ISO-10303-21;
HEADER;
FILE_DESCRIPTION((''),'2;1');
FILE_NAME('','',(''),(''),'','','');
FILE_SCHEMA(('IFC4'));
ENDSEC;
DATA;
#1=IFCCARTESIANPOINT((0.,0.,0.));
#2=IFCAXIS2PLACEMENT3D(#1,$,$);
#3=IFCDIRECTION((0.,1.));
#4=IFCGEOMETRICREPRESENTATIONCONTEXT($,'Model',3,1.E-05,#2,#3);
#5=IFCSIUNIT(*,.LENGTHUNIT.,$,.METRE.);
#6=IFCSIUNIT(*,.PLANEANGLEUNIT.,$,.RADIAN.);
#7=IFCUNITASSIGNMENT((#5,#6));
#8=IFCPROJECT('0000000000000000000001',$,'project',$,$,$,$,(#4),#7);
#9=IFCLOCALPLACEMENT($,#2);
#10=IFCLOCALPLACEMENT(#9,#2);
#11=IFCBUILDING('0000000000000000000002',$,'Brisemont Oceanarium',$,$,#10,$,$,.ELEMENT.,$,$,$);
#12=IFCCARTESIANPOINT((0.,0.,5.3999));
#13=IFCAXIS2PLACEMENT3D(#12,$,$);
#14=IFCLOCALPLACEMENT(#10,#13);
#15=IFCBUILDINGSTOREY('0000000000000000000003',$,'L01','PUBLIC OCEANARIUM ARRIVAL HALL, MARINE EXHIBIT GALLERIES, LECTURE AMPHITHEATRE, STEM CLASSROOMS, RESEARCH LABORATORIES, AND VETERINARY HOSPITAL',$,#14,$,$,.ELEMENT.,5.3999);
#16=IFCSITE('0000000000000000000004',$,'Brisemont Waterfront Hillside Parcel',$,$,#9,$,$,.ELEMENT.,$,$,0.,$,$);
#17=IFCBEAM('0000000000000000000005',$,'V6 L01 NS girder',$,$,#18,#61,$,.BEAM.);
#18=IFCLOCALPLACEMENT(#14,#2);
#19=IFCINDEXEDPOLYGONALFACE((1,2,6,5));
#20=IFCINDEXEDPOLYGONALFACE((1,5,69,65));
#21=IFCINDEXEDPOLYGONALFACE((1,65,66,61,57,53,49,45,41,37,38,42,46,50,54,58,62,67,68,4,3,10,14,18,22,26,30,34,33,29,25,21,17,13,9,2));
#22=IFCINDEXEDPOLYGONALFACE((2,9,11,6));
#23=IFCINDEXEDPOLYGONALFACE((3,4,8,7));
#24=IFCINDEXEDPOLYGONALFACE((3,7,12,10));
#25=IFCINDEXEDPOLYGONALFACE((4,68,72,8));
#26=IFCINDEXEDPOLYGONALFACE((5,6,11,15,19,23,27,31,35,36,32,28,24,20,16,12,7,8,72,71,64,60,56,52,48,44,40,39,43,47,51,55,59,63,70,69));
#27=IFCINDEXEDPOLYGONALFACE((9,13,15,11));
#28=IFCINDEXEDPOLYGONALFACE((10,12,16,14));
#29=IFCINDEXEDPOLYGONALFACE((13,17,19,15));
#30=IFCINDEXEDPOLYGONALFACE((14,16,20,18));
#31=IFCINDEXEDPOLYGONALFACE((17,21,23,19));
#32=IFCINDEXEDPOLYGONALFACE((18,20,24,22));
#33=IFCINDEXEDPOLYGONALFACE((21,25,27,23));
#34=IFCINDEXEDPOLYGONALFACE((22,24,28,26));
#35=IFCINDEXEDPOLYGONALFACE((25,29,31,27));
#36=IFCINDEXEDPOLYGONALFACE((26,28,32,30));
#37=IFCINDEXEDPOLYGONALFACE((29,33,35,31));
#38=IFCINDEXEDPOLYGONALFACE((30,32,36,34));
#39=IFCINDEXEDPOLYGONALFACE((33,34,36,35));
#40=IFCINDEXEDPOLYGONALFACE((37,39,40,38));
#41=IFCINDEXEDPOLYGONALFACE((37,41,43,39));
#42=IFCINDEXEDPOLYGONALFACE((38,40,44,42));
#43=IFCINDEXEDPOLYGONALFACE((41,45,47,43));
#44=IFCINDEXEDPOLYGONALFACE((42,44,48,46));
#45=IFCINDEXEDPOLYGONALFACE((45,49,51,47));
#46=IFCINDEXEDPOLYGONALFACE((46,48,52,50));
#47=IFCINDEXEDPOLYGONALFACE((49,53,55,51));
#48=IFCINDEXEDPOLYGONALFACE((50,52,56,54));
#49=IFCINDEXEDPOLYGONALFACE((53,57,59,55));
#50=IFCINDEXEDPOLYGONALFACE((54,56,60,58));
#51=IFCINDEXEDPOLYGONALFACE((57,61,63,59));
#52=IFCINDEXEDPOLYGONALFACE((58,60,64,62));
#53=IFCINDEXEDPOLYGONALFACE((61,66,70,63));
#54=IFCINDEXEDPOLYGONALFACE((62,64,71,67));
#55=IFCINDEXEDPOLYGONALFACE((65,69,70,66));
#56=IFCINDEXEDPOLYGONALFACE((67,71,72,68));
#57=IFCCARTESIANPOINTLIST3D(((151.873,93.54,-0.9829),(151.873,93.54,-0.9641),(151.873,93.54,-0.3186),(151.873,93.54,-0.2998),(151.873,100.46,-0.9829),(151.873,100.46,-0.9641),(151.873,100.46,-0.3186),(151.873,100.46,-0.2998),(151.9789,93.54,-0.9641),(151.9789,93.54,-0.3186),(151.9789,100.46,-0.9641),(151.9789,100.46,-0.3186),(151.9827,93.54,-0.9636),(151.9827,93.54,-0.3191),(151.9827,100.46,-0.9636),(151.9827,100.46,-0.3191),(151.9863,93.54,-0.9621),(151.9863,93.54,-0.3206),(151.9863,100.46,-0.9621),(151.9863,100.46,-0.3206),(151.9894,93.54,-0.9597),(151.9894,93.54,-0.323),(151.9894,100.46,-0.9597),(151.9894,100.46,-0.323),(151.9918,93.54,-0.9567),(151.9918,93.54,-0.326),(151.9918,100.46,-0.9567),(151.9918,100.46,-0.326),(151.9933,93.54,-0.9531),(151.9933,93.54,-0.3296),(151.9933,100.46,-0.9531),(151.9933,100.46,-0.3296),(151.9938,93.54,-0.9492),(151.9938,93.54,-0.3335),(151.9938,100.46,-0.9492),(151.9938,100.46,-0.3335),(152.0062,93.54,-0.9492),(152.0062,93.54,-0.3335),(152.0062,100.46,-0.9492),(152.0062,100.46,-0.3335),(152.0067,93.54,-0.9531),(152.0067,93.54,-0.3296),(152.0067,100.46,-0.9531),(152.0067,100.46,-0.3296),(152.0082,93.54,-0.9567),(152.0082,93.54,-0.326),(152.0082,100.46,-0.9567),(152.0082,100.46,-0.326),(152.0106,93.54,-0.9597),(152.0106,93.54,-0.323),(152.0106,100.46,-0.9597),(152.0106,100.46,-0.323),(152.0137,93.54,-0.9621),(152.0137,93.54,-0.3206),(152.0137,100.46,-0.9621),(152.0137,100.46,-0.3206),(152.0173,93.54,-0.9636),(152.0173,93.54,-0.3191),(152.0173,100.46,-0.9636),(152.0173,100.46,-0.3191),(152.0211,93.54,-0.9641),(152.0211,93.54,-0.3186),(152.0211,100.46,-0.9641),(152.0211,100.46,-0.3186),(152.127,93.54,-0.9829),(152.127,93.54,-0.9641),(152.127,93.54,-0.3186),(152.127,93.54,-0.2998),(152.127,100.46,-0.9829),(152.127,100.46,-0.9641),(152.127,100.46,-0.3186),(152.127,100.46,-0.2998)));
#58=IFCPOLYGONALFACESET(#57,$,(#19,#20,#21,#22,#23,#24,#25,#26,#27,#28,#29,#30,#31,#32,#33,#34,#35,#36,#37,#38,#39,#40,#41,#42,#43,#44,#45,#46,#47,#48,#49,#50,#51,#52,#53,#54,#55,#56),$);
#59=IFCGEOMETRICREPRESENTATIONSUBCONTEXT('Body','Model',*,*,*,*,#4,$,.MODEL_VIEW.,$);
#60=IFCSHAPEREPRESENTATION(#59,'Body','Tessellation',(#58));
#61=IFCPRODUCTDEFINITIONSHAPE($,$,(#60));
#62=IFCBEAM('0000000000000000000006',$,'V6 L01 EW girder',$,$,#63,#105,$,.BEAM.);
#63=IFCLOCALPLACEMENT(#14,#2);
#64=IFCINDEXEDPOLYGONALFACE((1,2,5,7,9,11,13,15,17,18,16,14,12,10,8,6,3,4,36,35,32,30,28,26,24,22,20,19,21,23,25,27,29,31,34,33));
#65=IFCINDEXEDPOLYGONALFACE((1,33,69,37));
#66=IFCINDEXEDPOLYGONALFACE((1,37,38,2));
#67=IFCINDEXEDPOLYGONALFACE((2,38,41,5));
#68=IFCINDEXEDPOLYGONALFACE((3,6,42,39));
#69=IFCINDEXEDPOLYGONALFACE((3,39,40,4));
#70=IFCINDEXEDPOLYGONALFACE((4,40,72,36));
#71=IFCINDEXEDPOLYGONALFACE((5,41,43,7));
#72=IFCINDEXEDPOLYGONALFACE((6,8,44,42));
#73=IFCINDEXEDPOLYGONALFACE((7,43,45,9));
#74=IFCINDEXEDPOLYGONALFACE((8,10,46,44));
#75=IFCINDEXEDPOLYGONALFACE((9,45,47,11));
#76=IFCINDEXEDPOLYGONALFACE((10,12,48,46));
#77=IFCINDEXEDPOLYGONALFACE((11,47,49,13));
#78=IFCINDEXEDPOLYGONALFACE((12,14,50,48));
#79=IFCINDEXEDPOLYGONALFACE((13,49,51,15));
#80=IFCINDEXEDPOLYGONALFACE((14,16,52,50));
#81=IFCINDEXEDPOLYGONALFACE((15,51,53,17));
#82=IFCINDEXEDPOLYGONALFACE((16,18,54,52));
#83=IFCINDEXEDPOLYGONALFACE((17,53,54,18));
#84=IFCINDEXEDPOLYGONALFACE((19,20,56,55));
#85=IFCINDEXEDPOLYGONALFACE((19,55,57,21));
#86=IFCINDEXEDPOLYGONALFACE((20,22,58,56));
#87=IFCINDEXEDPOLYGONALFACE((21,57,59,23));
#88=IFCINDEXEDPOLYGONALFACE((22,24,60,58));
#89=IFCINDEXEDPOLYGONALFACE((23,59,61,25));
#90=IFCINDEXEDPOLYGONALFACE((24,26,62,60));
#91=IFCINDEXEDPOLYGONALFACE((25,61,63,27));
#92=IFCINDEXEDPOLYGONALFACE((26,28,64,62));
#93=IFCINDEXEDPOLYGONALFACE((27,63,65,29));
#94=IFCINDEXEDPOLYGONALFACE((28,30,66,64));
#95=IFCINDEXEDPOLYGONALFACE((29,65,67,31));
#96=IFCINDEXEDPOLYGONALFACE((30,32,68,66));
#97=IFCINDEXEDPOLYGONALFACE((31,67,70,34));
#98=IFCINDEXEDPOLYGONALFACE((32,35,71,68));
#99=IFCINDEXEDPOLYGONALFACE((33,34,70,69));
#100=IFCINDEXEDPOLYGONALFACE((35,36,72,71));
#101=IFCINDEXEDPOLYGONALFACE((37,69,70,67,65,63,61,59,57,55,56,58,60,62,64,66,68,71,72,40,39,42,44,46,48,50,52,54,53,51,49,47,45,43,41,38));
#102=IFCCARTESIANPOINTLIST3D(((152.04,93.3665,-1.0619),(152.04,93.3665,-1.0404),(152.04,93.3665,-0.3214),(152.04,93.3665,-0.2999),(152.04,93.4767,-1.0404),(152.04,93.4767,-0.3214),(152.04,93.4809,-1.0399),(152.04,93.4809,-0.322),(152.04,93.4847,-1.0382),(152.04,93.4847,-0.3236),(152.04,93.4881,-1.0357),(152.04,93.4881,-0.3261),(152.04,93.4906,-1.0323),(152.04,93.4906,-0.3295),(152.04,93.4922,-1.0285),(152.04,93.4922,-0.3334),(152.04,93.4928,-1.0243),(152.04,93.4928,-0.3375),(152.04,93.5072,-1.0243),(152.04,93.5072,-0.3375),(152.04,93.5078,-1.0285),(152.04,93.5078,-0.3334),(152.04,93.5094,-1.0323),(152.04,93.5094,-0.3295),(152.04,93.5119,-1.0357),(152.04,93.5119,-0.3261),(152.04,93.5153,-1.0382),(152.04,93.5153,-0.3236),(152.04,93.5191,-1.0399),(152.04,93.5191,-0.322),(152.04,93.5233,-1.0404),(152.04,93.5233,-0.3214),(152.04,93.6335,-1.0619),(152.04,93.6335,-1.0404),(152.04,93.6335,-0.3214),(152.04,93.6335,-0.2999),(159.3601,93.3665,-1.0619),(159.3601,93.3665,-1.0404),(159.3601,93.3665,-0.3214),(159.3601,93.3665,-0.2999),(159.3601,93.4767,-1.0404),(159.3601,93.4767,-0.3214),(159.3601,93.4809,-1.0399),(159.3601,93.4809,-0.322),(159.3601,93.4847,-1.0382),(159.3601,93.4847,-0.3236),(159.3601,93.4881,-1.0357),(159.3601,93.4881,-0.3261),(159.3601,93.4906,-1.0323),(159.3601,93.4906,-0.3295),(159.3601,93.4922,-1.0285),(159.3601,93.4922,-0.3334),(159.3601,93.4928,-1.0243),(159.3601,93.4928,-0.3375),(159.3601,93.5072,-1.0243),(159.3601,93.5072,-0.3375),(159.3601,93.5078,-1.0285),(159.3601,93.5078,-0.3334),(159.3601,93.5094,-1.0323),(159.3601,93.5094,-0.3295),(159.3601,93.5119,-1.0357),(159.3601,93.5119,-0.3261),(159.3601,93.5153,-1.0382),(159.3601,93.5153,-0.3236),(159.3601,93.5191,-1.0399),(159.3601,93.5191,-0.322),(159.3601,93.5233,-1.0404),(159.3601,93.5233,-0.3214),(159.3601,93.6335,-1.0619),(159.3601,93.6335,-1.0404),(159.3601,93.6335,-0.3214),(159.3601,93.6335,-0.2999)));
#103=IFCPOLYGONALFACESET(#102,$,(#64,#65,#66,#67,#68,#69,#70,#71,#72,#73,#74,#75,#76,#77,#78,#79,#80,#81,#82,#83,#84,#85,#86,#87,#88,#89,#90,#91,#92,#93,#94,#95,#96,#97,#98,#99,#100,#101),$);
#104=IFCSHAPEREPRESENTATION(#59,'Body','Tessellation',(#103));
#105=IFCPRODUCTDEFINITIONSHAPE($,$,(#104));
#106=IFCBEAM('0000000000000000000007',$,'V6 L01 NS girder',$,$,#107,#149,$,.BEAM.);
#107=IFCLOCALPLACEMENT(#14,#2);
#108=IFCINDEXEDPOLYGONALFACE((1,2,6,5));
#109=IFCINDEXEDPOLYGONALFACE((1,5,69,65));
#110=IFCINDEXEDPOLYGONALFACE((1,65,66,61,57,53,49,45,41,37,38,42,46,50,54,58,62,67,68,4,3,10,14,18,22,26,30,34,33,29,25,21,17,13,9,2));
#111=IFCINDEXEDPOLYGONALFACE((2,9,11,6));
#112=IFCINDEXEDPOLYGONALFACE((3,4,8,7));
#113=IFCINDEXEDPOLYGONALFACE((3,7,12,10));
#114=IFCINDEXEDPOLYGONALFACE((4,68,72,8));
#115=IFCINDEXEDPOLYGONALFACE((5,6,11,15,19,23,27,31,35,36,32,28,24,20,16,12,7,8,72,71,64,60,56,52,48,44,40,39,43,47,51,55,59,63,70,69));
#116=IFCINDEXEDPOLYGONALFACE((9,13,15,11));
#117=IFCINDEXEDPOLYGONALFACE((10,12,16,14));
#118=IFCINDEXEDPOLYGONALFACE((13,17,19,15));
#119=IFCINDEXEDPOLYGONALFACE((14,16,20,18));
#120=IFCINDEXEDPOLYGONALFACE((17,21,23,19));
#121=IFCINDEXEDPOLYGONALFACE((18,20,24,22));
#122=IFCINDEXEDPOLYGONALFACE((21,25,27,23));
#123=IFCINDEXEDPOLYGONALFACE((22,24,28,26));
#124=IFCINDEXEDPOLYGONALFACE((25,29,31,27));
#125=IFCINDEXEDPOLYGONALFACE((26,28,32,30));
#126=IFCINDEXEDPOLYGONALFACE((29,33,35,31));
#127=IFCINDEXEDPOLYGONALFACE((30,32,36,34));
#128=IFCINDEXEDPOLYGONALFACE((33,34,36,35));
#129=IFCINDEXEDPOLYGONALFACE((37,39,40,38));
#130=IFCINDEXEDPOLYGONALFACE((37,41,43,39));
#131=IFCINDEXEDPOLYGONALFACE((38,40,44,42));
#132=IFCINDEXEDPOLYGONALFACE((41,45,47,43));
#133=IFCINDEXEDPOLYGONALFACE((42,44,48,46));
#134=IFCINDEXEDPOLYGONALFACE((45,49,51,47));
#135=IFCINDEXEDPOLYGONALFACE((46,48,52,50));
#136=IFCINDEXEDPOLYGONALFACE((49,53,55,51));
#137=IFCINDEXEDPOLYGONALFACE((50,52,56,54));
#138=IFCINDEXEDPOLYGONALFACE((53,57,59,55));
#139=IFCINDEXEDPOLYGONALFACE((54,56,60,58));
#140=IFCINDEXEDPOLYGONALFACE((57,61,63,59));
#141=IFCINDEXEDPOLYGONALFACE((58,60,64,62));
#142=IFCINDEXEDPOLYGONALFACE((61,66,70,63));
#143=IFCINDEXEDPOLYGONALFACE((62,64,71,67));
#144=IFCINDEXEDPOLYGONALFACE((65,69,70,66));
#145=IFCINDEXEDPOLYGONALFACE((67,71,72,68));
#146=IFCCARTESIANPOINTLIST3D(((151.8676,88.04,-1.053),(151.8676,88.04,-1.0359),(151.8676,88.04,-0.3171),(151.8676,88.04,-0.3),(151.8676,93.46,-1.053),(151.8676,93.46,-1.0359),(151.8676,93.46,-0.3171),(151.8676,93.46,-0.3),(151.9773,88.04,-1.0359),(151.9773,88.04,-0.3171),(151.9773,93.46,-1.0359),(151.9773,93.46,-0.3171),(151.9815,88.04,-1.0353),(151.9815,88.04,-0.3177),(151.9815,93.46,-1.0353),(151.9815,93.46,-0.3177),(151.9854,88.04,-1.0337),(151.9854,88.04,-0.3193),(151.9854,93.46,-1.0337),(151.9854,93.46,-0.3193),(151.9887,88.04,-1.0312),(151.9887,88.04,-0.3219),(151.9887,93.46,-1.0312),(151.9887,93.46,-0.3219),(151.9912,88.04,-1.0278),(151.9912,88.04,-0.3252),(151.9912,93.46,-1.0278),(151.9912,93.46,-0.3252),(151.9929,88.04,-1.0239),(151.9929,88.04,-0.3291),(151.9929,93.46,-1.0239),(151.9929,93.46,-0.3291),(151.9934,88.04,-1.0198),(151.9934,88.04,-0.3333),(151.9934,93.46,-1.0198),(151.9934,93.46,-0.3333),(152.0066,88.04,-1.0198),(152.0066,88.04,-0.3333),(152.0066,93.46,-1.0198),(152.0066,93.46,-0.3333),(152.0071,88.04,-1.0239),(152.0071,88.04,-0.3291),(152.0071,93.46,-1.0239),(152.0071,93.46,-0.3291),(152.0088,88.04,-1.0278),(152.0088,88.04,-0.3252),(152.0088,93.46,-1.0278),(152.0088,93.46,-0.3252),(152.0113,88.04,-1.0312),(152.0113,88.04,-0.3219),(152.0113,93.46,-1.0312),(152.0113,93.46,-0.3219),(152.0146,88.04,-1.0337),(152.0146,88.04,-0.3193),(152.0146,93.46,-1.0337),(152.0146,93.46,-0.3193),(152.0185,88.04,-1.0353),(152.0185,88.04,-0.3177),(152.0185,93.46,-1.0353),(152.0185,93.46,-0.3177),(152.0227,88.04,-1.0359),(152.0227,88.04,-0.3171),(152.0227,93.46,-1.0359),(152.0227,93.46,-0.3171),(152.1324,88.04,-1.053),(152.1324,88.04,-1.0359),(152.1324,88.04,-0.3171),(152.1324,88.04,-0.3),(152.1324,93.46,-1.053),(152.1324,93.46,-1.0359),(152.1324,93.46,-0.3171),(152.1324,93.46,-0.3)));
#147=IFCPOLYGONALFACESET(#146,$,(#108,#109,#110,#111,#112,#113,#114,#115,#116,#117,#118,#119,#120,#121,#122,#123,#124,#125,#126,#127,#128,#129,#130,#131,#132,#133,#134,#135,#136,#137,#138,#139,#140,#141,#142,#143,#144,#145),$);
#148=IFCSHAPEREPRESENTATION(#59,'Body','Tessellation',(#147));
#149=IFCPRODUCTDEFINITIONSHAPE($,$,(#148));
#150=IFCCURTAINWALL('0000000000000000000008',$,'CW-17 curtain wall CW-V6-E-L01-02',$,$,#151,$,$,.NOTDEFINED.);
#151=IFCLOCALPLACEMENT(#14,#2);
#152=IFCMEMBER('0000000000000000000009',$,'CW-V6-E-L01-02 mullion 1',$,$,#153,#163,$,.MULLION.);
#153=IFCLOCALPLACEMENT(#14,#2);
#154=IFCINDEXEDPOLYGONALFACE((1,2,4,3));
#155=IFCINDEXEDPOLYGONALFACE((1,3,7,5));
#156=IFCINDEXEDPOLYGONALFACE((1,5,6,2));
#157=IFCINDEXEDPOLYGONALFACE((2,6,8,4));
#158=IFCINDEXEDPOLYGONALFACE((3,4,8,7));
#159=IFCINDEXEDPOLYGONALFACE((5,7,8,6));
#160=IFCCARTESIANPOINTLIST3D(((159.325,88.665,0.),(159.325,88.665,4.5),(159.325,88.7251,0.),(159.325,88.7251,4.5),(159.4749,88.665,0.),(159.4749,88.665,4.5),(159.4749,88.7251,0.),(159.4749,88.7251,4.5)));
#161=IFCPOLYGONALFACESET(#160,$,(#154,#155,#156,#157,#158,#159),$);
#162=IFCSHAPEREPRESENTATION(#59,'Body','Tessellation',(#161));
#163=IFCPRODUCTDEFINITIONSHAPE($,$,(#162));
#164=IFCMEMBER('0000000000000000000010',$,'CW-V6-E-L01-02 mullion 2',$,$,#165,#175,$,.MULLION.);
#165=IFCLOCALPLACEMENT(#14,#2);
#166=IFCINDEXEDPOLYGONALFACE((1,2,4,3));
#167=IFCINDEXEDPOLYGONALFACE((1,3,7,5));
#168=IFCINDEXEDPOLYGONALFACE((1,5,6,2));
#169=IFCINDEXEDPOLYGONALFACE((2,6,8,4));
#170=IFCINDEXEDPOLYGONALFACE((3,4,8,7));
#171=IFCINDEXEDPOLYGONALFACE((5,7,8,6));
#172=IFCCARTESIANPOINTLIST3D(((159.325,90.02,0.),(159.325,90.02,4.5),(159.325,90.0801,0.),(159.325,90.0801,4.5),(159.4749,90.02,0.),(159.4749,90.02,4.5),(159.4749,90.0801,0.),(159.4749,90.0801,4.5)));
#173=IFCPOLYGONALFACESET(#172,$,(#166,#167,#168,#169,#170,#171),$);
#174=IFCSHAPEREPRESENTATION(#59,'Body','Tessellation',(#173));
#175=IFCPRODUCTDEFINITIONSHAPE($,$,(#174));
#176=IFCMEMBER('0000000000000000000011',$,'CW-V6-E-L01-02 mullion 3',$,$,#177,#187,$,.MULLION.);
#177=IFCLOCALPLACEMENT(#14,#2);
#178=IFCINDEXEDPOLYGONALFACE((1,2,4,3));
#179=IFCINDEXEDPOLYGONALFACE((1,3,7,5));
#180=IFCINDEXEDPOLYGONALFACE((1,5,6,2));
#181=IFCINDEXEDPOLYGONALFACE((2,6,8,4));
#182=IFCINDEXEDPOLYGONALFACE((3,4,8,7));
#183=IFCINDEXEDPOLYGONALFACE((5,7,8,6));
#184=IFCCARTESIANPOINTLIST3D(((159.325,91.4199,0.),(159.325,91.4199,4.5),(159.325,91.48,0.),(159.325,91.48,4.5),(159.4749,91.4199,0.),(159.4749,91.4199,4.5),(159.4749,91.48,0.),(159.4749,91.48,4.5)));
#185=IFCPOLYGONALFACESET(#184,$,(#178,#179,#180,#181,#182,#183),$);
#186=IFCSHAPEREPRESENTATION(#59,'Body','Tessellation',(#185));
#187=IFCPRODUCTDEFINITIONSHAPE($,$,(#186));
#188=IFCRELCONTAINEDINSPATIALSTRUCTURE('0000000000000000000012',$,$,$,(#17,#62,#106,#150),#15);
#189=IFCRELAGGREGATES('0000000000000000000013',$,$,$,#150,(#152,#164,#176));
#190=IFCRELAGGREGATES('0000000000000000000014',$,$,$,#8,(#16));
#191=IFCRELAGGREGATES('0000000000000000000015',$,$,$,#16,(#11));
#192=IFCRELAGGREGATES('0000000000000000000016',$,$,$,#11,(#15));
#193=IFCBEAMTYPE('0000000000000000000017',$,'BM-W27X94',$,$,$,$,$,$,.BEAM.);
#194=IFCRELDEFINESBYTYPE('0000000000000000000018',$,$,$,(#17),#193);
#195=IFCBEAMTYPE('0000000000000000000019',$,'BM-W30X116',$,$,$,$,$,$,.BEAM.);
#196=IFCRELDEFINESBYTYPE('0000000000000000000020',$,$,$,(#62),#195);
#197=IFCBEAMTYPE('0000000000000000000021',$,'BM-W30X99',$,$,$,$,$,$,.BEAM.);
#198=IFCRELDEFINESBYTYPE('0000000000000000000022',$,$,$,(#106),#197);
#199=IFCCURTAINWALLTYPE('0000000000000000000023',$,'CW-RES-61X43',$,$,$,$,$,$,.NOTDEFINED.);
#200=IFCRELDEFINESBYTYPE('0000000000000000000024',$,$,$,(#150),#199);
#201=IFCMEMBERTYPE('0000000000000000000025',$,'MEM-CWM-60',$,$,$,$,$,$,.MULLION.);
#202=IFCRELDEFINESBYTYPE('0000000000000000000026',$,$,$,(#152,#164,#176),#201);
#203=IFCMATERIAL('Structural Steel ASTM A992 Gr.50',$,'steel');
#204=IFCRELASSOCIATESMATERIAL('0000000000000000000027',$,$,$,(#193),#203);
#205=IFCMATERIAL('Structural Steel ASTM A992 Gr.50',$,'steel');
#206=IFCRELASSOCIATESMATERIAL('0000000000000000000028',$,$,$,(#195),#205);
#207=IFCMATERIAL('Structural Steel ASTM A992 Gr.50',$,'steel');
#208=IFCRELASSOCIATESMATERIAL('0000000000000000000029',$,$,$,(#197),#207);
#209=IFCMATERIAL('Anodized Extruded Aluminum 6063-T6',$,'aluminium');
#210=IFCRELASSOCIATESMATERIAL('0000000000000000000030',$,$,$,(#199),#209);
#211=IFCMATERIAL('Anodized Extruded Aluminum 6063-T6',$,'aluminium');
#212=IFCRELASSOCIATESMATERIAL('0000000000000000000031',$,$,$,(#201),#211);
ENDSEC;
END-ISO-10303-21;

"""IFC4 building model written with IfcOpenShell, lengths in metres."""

from ifc_helpers import new_model, si_unit, direction, frame, origin, origin_2d, place, context, subcontext, project, spatial, rectangle, i_section, extrude, material, material_profile, profile_set, type_object, element, aggregate, save


model = new_model("IFC4")

# Units and contexts
model_context = context("Model", 3, precision=1e-05, world=origin(), true_north=direction((0.0, 1.0)))
body_context = subcontext(model_context, "Body", "Model", "MODEL_VIEW")
ifc_project = project(units=[si_unit("LENGTHUNIT", "METRE"), si_unit("PLANEANGLEUNIT", "RADIAN")], contexts=[model_context])

# Site, building, storey
site_placement = place(None, origin())
site = spatial("IfcSite", under=ifc_project, at=site_placement, Name="Brisemont Waterfront Hillside Parcel", CompositionType="ELEMENT", RefElevation=0.0)
building_placement = place(site_placement, origin())
building = spatial("IfcBuilding", under=site, at=building_placement, Name="Brisemont Oceanarium", CompositionType="ELEMENT")
storey_placement = place(building_placement, frame((0.0, 0.0, 5.3999)))
storey = spatial("IfcBuildingStorey", under=building, at=storey_placement, Name="L01", Description="PUBLIC OCEANARIUM ARRIVAL HALL, MARINE EXHIBIT GALLERIES, LECTURE AMPHITHEATRE, STEM CLASSROOMS, RESEARCH LABORATORIES, AND VETERINARY HOSPITAL", CompositionType="ELEMENT", Elevation=5.3999)

# Beams
ifc_material_1 = material(Name="Structural Steel ASTM A992 Gr.50", Category="steel")
ifc_material_profile_1 = material_profile(ifc_material_1, i_section(OverallWidth=0.2539, OverallDepth=0.6831, WebThickness=0.0125, FlangeThickness=0.0188, FilletRadius=0.0149, at=origin_2d()), Name="W27X94")
ifc_profile_set_1 = profile_set([ifc_material_profile_1], Name="Structural Steel ASTM A992 Gr.50")
beam_type_1 = type_object("IfcBeamType", Name="BM-W27X94", PredefinedType="BEAM", material=ifc_profile_set_1)
beam_1_placement = place(storey_placement, frame((152.0, 93.54, -0.6414), z_axis=(0.0, 1.0, 0.0), x_axis=(-1.0, 0.0, 0.0)))
element("IfcBeam", 1, at=beam_1_placement, inside=storey, type_object=beam_type_1, Name="V6 L01 NS girder", PredefinedType="BEAM", context=body_context, shape_type="SweptSolid", body=[
    extrude(i_section(OverallWidth=0.2539, OverallDepth=0.6831, WebThickness=0.0125, FlangeThickness=0.0188, FilletRadius=0.0149, at=origin_2d()), origin(), (0.0, 0.0, 1.0), 6.9199),
])
ifc_material_2 = material(Name="Structural Steel ASTM A992 Gr.50", Category="steel")
ifc_material_profile_2 = material_profile(ifc_material_2, i_section(OverallWidth=0.2671, OverallDepth=0.762, WebThickness=0.0144, FlangeThickness=0.0215, FilletRadius=0.0161, at=origin_2d()), Name="W30X116")
ifc_profile_set_2 = profile_set([ifc_material_profile_2], Name="Structural Steel ASTM A992 Gr.50")
beam_type_2 = type_object("IfcBeamType", Name="BM-W30X116", PredefinedType="BEAM", material=ifc_profile_set_2)
beam_2_placement = place(storey_placement, frame((152.04, 93.5, -0.6809), z_axis=(1.0, 0.0, 0.0), x_axis=(0.0, 1.0, 0.0)))
element("IfcBeam", 2, at=beam_2_placement, inside=storey, type_object=beam_type_2, Name="V6 L01 EW girder", PredefinedType="BEAM", context=body_context, shape_type="SweptSolid", body=[
    extrude(i_section(OverallWidth=0.2671, OverallDepth=0.762, WebThickness=0.0144, FlangeThickness=0.0215, FilletRadius=0.0161, at=origin_2d()), origin(), (0.0, 0.0, 1.0), 7.3201),
])
ifc_material_3 = material(Name="Structural Steel ASTM A992 Gr.50", Category="steel")
ifc_material_profile_3 = material_profile(ifc_material_3, i_section(OverallWidth=0.2649, OverallDepth=0.7529, WebThickness=0.0132, FlangeThickness=0.0171, FilletRadius=0.0161, at=origin_2d()), Name="W30X99")
ifc_profile_set_3 = profile_set([ifc_material_profile_3], Name="Structural Steel ASTM A992 Gr.50")
beam_type_3 = type_object("IfcBeamType", Name="BM-W30X99", PredefinedType="BEAM", material=ifc_profile_set_3)
beam_3_placement = place(storey_placement, frame((152.0, 88.04, -0.6765), z_axis=(0.0, 1.0, 0.0), x_axis=(-1.0, 0.0, 0.0)))
element("IfcBeam", 3, at=beam_3_placement, inside=storey, type_object=beam_type_3, Name="V6 L01 NS girder", PredefinedType="BEAM", context=body_context, shape_type="SweptSolid", body=[
    extrude(i_section(OverallWidth=0.2649, OverallDepth=0.7529, WebThickness=0.0132, FlangeThickness=0.0171, FilletRadius=0.0161, at=origin_2d()), origin(), (0.0, 0.0, 1.0), 5.4199),
])

# Curtain wall, members
ifc_material_4 = material(Name="Anodized Extruded Aluminum 6063-T6", Category="aluminium")
curtain_wall_type = type_object("IfcCurtainWallType", Name="CW-RES-61X43", PredefinedType="NOTDEFINED", material=ifc_material_4)
curtain_wall_1_placement = place(storey_placement, origin())
curtain_wall_1 = element("IfcCurtainWall", 4, at=curtain_wall_1_placement, inside=storey, type_object=curtain_wall_type, Name="CW-17 curtain wall CW-V6-E-L01-02", PredefinedType="NOTDEFINED")
ifc_material_5 = material(Name="Anodized Extruded Aluminum 6063-T6", Category="aluminium")
ifc_material_profile_4 = material_profile(ifc_material_5, rectangle(XDim=0.0601, YDim=0.1499, at=origin_2d()), Name="CWM-60X150")
ifc_profile_set_4 = profile_set([ifc_material_profile_4], Name="Anodized Extruded Aluminum 6063-T6")
member_type_1 = type_object("IfcMemberType", Name="MEM-CWM-60", PredefinedType="MULLION", material=ifc_profile_set_4)
member_1_placement = place(storey_placement, frame((159.3999, 88.6951, 0.0), z_axis=(0.0, 0.0, 1.0), x_axis=(0.0, 1.0, 0.0)))
member_1 = element("IfcMember", 5, at=member_1_placement, type_object=member_type_1, Name="CW-V6-E-L01-02 mullion 1", PredefinedType="MULLION", context=body_context, shape_type="SweptSolid", body=[
    extrude(rectangle(XDim=0.0601, YDim=0.1499, at=origin_2d()), origin(), (0.0, 0.0, 1.0), 4.5),
])
member_2_placement = place(storey_placement, frame((159.3999, 90.05, 0.0), z_axis=(0.0, 0.0, 1.0), x_axis=(0.0, 1.0, 0.0)))
member_2 = element("IfcMember", 6, at=member_2_placement, type_object=member_type_1, Name="CW-V6-E-L01-02 mullion 2", PredefinedType="MULLION", context=body_context, shape_type="SweptSolid", body=[
    extrude(rectangle(XDim=0.0601, YDim=0.1499, at=origin_2d()), origin(), (0.0, 0.0, 1.0), 4.5),
])
member_3_placement = place(storey_placement, frame((159.3999, 91.45, 0.0), z_axis=(0.0, 0.0, 1.0), x_axis=(0.0, 1.0, 0.0)))
member_3 = element("IfcMember", 7, at=member_3_placement, type_object=member_type_1, Name="CW-V6-E-L01-02 mullion 3", PredefinedType="MULLION", context=body_context, shape_type="SweptSolid", body=[
    extrude(rectangle(XDim=0.0601, YDim=0.1499, at=origin_2d()), origin(), (0.0, 0.0, 1.0), 4.5),
])

aggregate(curtain_wall_1, [member_1, member_2, member_3])

save(model, "model.ifc")
